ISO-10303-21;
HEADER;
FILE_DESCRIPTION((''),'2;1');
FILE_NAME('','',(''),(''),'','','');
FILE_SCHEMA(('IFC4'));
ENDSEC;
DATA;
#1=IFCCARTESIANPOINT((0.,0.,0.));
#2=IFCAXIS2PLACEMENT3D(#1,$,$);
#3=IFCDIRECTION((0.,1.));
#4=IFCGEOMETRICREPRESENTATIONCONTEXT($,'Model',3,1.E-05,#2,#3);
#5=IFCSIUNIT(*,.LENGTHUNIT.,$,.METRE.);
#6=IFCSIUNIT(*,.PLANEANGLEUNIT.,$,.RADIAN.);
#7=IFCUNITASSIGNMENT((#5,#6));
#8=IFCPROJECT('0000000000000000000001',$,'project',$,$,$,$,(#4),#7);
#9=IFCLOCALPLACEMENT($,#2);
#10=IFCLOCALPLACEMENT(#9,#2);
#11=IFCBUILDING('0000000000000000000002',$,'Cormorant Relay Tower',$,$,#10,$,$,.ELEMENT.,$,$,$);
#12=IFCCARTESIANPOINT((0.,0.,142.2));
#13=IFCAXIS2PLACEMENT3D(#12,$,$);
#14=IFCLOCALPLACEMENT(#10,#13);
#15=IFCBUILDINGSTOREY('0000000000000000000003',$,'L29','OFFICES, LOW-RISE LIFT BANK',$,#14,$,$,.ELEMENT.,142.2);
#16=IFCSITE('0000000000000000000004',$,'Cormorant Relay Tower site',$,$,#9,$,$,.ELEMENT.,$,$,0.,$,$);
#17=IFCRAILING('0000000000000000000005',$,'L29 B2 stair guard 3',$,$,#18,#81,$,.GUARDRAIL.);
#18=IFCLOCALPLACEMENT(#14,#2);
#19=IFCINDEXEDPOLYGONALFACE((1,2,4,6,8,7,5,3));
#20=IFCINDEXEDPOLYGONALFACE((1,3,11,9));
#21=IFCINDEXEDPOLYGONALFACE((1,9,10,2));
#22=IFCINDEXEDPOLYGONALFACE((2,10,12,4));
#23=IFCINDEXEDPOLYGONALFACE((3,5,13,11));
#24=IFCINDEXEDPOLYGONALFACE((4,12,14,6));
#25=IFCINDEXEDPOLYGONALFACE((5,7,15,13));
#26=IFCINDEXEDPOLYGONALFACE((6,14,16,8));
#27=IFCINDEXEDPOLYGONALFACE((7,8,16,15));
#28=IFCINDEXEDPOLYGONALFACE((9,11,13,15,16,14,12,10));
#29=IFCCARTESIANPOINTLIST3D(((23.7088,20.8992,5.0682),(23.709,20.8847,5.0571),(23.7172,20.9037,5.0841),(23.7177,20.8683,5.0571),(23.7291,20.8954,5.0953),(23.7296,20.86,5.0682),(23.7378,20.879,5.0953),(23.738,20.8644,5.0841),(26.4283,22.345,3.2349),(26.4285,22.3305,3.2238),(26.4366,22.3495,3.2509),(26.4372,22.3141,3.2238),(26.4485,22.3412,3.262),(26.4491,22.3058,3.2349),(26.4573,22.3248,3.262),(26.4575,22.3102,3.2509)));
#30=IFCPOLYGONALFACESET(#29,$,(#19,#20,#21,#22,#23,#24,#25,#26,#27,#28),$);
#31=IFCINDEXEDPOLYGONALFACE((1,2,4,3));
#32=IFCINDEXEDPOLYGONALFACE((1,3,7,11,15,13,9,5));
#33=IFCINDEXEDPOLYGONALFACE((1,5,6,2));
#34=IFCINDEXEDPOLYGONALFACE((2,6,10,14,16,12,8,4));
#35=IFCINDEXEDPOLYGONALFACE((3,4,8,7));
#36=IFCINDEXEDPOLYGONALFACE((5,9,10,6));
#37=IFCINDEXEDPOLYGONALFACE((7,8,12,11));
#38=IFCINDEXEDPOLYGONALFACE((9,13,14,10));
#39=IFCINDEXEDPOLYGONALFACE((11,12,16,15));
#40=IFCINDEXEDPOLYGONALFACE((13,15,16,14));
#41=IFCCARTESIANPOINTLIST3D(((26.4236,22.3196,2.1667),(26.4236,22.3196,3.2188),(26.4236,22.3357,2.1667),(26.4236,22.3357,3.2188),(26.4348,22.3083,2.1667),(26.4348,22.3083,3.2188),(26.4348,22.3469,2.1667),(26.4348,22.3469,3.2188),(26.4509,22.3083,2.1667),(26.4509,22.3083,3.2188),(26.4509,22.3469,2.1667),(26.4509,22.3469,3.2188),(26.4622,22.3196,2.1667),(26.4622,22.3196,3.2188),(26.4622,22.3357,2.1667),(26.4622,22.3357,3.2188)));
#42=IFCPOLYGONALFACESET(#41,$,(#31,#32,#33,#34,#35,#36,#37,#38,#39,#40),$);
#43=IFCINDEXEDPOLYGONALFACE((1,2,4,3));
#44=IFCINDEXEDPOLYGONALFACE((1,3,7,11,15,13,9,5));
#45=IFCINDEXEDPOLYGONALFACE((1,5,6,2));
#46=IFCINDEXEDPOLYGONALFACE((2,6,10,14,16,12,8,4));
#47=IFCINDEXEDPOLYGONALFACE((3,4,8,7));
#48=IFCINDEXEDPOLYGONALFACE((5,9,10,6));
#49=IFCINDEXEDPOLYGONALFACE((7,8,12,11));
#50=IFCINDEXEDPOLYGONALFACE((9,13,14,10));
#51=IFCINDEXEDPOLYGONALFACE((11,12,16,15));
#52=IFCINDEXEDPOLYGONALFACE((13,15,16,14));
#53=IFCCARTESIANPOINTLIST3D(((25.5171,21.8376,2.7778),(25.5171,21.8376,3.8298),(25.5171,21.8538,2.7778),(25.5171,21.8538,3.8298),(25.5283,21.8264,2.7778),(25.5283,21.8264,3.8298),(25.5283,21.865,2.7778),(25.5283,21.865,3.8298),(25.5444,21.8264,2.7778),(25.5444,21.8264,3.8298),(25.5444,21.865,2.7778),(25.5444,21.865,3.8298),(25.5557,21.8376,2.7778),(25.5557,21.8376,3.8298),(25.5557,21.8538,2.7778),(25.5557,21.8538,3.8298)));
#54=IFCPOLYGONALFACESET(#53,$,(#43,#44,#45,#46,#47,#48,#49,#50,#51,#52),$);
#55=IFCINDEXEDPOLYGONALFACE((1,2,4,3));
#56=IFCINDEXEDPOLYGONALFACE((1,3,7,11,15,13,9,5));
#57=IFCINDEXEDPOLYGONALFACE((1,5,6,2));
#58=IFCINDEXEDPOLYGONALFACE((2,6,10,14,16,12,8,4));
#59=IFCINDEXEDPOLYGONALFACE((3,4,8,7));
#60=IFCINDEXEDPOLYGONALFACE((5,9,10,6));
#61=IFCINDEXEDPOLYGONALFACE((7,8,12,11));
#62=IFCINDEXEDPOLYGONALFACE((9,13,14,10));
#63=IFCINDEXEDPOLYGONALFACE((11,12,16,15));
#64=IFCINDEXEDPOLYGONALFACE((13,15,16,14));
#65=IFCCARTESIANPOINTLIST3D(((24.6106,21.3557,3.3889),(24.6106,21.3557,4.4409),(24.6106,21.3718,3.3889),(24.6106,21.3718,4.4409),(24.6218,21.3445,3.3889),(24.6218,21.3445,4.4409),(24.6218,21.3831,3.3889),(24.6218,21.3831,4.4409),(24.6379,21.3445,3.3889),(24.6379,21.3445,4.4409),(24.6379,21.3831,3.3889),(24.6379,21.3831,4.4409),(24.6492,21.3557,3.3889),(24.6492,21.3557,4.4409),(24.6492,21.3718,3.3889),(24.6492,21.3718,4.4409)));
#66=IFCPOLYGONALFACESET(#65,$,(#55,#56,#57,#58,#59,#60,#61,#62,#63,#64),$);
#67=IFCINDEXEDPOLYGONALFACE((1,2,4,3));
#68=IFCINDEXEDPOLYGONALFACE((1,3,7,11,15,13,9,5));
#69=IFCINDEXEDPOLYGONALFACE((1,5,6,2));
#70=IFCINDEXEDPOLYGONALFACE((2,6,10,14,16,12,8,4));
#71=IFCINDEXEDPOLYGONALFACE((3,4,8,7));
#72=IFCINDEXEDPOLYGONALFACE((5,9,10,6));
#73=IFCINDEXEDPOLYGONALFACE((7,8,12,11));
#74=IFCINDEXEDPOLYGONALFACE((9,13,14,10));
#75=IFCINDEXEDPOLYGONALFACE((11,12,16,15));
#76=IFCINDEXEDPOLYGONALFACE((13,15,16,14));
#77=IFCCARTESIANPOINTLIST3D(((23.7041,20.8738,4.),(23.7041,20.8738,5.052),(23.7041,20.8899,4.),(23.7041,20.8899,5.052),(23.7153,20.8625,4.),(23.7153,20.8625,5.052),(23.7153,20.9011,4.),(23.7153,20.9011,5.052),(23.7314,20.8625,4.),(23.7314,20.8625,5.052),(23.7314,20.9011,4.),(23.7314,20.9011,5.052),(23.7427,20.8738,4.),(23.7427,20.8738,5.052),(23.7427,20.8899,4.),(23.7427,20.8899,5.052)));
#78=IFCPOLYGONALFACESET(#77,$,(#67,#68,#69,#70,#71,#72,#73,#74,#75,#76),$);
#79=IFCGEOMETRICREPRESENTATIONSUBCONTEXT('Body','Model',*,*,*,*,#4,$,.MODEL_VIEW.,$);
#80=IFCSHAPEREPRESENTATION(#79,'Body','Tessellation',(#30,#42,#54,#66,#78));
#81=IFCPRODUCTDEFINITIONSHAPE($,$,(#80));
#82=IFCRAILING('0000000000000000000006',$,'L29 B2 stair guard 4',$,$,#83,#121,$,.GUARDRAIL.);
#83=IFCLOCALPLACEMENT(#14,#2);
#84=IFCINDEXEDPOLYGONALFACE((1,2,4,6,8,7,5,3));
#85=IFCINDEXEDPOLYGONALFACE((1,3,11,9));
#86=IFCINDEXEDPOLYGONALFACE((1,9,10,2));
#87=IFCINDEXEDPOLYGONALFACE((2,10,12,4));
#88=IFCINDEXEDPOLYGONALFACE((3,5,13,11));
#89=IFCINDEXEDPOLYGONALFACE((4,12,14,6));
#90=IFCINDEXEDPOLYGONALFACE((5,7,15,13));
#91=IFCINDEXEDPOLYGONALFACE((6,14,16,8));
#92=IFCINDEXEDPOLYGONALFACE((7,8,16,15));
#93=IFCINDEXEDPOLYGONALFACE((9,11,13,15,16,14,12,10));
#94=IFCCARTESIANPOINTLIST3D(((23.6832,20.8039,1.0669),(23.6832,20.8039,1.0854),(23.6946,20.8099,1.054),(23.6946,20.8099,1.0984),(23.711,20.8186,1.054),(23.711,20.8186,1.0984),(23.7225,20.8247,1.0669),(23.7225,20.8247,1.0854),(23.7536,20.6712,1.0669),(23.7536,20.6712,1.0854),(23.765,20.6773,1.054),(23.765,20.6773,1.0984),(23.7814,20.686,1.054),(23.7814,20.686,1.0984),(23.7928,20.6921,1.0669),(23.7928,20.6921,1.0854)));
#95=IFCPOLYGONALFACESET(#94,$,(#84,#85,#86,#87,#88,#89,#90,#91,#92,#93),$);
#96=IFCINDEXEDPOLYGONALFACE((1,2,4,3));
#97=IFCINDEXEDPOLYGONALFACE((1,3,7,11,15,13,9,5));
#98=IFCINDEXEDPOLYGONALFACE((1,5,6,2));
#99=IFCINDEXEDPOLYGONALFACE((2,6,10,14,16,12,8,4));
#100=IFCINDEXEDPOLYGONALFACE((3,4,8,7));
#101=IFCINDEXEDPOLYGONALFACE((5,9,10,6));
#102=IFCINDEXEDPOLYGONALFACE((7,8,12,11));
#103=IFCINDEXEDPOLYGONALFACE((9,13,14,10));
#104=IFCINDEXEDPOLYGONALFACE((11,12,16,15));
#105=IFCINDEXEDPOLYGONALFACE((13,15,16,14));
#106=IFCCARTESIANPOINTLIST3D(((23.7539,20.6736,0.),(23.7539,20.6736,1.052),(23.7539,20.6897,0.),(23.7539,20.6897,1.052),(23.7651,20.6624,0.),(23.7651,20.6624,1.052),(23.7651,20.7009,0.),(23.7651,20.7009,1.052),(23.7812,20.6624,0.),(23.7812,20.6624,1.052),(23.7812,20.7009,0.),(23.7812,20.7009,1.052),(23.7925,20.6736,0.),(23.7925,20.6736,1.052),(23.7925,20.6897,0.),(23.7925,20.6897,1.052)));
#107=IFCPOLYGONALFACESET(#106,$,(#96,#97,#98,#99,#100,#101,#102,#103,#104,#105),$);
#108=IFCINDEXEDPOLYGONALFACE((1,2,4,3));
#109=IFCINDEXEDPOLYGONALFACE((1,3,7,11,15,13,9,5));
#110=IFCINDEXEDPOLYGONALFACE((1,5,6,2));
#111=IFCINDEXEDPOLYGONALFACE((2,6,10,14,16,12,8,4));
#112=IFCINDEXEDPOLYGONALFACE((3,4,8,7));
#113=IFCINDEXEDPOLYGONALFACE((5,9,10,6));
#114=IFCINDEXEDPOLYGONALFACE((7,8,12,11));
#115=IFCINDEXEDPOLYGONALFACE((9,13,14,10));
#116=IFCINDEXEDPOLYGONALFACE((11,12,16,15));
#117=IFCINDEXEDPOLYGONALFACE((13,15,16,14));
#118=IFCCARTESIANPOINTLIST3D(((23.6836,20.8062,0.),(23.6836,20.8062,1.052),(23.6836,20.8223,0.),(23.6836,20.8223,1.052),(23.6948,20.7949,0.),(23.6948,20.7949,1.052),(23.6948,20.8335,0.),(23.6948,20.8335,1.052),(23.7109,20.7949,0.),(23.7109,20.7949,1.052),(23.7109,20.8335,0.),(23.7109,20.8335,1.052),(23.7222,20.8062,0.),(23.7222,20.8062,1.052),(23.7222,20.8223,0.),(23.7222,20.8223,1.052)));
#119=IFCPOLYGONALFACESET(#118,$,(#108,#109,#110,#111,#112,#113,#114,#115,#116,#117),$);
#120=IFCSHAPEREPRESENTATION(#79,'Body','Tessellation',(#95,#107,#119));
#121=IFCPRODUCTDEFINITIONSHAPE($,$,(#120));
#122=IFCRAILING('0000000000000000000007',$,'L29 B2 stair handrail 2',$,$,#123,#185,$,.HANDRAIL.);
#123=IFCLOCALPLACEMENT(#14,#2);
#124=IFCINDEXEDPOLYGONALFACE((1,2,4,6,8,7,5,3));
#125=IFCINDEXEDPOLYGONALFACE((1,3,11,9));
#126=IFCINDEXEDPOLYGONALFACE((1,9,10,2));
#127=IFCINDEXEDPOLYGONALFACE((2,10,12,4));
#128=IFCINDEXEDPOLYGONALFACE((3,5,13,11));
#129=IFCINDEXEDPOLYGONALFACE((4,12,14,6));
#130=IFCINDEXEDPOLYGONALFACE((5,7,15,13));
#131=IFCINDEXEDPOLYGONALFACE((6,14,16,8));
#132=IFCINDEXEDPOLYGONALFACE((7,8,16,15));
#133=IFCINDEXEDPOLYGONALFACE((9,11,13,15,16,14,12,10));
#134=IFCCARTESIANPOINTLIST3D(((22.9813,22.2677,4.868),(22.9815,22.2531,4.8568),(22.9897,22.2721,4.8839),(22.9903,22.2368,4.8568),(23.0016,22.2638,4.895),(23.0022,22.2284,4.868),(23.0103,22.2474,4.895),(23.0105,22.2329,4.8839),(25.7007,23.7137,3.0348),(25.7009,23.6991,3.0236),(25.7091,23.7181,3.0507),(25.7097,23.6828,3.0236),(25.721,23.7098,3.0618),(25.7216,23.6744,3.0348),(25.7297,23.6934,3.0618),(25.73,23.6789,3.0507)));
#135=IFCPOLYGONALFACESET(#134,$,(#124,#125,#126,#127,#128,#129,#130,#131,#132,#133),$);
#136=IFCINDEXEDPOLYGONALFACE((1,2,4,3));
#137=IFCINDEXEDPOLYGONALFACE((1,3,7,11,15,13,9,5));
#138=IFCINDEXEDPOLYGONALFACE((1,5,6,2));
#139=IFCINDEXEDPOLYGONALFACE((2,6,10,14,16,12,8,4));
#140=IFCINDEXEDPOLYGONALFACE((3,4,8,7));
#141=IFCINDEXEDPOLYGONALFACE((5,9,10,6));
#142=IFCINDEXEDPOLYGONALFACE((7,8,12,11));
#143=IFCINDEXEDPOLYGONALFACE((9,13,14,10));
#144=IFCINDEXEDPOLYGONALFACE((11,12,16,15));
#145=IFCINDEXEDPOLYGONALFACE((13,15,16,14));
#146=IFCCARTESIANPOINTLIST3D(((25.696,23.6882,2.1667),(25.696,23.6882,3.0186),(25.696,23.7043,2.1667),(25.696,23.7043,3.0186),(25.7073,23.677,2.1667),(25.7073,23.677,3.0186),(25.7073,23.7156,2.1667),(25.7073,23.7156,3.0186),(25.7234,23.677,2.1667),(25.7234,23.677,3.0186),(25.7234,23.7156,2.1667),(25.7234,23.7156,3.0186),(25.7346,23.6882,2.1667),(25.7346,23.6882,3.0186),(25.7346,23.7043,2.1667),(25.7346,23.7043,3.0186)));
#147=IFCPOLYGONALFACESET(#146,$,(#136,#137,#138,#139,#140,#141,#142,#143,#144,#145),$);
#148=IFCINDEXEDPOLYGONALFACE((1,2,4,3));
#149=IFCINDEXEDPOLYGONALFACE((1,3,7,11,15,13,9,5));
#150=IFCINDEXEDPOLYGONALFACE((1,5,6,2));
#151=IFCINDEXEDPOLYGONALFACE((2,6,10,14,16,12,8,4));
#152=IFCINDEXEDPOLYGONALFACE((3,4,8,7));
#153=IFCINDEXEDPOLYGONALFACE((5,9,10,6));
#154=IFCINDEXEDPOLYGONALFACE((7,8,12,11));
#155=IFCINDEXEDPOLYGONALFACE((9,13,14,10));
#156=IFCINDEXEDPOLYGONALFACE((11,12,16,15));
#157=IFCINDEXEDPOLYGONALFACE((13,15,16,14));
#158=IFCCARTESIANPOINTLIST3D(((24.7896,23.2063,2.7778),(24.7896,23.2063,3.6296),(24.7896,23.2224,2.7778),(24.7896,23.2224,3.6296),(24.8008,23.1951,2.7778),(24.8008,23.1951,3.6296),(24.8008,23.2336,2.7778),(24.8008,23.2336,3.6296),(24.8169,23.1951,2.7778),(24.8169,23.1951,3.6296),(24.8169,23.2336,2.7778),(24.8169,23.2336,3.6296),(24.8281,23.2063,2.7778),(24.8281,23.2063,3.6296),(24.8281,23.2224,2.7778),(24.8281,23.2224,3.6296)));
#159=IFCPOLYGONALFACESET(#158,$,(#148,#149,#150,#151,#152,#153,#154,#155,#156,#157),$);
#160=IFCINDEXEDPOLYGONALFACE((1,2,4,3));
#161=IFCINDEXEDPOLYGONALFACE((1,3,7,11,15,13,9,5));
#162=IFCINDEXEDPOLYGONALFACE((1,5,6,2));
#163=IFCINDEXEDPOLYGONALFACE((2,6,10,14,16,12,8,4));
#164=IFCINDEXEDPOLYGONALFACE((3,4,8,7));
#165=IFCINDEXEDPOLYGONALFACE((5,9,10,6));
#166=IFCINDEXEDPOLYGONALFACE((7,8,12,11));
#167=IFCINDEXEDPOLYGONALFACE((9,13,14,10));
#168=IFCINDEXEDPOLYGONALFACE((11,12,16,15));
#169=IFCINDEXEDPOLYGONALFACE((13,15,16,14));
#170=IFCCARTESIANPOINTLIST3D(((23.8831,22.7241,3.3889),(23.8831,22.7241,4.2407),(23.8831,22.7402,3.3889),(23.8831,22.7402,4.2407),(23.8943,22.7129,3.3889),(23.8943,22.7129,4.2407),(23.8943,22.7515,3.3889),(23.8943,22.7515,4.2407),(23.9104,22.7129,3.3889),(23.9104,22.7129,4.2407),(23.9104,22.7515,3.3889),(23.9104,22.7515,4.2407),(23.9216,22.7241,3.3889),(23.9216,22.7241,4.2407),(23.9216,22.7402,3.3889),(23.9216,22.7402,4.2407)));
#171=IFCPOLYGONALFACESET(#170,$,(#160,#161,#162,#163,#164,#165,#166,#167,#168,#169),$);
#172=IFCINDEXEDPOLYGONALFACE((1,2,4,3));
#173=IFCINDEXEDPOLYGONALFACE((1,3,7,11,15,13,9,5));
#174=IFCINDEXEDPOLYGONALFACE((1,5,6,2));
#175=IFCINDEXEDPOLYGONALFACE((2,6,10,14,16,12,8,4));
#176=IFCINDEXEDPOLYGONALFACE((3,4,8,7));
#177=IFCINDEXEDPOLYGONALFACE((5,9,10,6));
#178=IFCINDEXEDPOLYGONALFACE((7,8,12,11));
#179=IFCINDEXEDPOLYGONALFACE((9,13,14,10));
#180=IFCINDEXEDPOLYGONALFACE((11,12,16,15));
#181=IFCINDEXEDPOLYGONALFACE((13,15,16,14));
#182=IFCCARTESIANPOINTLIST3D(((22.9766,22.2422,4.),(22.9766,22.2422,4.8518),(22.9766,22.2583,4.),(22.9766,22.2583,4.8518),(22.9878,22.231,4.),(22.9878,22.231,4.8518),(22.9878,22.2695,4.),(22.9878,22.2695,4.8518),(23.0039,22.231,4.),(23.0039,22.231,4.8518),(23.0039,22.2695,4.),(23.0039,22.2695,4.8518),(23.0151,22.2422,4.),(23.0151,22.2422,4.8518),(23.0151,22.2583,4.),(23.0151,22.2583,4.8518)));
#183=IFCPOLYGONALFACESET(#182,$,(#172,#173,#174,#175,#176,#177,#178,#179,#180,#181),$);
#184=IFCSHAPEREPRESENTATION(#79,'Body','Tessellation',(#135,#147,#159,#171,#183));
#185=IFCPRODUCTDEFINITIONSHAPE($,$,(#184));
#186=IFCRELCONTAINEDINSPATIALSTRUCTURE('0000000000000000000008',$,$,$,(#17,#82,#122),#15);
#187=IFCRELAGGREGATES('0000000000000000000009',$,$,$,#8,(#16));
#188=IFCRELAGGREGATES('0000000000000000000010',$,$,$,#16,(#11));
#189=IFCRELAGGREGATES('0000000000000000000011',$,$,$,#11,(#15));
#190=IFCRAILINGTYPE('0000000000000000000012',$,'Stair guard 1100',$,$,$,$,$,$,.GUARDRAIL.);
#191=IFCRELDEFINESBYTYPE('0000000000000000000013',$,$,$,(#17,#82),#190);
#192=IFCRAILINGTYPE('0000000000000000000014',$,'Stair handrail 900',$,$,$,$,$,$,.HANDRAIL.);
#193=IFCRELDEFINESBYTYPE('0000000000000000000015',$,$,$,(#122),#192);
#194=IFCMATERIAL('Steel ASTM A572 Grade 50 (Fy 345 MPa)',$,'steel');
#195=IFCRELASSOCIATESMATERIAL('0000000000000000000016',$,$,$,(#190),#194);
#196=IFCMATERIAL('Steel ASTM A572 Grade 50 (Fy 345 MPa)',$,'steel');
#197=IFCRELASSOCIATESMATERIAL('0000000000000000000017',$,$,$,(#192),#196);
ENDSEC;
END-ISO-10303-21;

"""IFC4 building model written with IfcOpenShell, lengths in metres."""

from ifc_helpers import new_model, si_unit, direction, frame, origin, place, context, subcontext, project, spatial, polyline, outline, extrude, material, type_object, element, save


model = new_model("IFC4")

# Units and contexts
model_context = context("Model", 3, precision=1e-05, world=origin(), true_north=direction((0.0, 1.0)))
body_context = subcontext(model_context, "Body", "Model", "MODEL_VIEW")
ifc_project = project(units=[si_unit("LENGTHUNIT", "METRE"), si_unit("PLANEANGLEUNIT", "RADIAN")], contexts=[model_context])

# Site, building, storey
site_placement = place(None, origin())
site = spatial("IfcSite", under=ifc_project, at=site_placement, Name="Cormorant Relay Tower site", CompositionType="ELEMENT", RefElevation=0.0)
building_placement = place(site_placement, origin())
building = spatial("IfcBuilding", under=site, at=building_placement, Name="Cormorant Relay Tower", CompositionType="ELEMENT")
storey_placement = place(building_placement, frame((0.0, 0.0, 142.2)))
storey = spatial("IfcBuildingStorey", under=building, at=storey_placement, Name="L29", Description="OFFICES, LOW-RISE LIFT BANK", CompositionType="ELEMENT", Elevation=142.2)

# Railings
ifc_material_1 = material(Name="Steel ASTM A572 Grade 50 (Fy 345 MPa)", Category="steel")
railing_type_1 = type_object("IfcRailingType", Name="Stair guard 1100", PredefinedType="GUARDRAIL", material=ifc_material_1)
railing_1_placement = place(storey_placement, frame((26.4429, 22.3276, 2.1667)))
element("IfcRailing", 1, at=railing_1_placement, inside=storey, type_object=railing_type_1, Name="L29 B2 stair guard 3", PredefinedType="GUARDRAIL", context=body_context, shape_type="SweptSolid", body=[
    extrude(outline(polyline([(0.0222, 0.0093), (0.0093, 0.0222), (-0.0093, 0.0222), (-0.0222, 0.0093), (-0.0222, -0.0093), (-0.0093, -0.0222), (0.0093, -0.0222), (0.0222, -0.0093), (0.0222, 0.0093)])), frame((0.0, 0.0, 1.0762), z_axis=(-0.758735, -0.403378, 0.511477), x_axis=(0.469428, -0.882971, 0.0)), (0.0, 0.0, 1.0), 3.5842),
    extrude(outline(polyline([(0.0193, 0.0081), (0.0081, 0.0193), (-0.0081, 0.0193), (-0.0193, 0.0081), (-0.0193, -0.0081), (-0.0081, -0.0193), (0.0081, -0.0193), (0.0193, -0.0081), (0.0193, 0.0081)])), origin(), (0.0, 0.0, 1.0), 1.052),
    extrude(outline(polyline([(0.0193, 0.0081), (0.0081, 0.0193), (-0.0081, 0.0193), (-0.0193, 0.0081), (-0.0193, -0.0081), (-0.0081, -0.0193), (0.0081, -0.0193), (0.0193, -0.0081), (0.0193, 0.0081)])), frame((-0.9065, -0.4819, 0.6111)), (0.0, 0.0, 1.0), 1.052),
    extrude(outline(polyline([(0.0193, 0.0081), (0.0081, 0.0193), (-0.0081, 0.0193), (-0.0193, 0.0081), (-0.0193, -0.0081), (-0.0081, -0.0193), (0.0081, -0.0193), (0.0193, -0.0081), (0.0193, 0.0081)])), frame((-1.813, -0.9639, 1.2222)), (0.0, 0.0, 1.0), 1.052),
    extrude(outline(polyline([(0.0193, 0.0081), (0.0081, 0.0193), (-0.0081, 0.0193), (-0.0193, 0.0081), (-0.0193, -0.0081), (-0.0081, -0.0193), (0.0081, -0.0193), (0.0193, -0.0081), (0.0193, 0.0081)])), frame((-2.7195, -1.4458, 1.8333)), (0.0, 0.0, 1.0), 1.052),
])
railing_2_placement = place(storey_placement, frame((23.7732, 20.6816, 0.0)))
element("IfcRailing", 2, at=railing_2_placement, inside=storey, type_object=railing_type_1, Name="L29 B2 stair guard 4", PredefinedType="GUARDRAIL", context=body_context, shape_type="SweptSolid", body=[
    extrude(outline(polyline([(0.0222, 0.0093), (0.0093, 0.0222), (-0.0093, 0.0222), (-0.0222, 0.0093), (-0.0222, -0.0093), (-0.0093, -0.0222), (0.0093, -0.0222), (0.0222, -0.0093), (0.0222, 0.0093)])), frame((0.0, 0.0, 1.0762), z_axis=(-0.46856, 0.883431, 0.0), x_axis=(-0.883431, -0.46856, 0.0)), (0.0, 0.0, 1.0), 0.1501),
    extrude(outline(polyline([(0.0193, 0.0081), (0.0081, 0.0193), (-0.0081, 0.0193), (-0.0193, 0.0081), (-0.0193, -0.0081), (-0.0081, -0.0193), (0.0081, -0.0193), (0.0193, -0.0081), (0.0193, 0.0081)])), origin(), (0.0, 0.0, 1.0), 1.052),
    extrude(outline(polyline([(0.0193, 0.0081), (0.0081, 0.0193), (-0.0081, 0.0193), (-0.0193, 0.0081), (-0.0193, -0.0081), (-0.0081, -0.0193), (0.0081, -0.0193), (0.0193, -0.0081), (0.0193, 0.0081)])), frame((-0.0703, 0.1326, 0.0)), (0.0, 0.0, 1.0), 1.052),
])
ifc_material_2 = material(Name="Steel ASTM A572 Grade 50 (Fy 345 MPa)", Category="steel")
railing_type_2 = type_object("IfcRailingType", Name="Stair handrail 900", PredefinedType="HANDRAIL", material=ifc_material_2)
railing_3_placement = place(storey_placement, frame((25.7153, 23.6963, 2.1667)))
element("IfcRailing", 3, at=railing_3_placement, inside=storey, type_object=railing_type_2, Name="L29 B2 stair handrail 2", PredefinedType="HANDRAIL", context=body_context, shape_type="SweptSolid", body=[
    extrude(outline(polyline([(0.0222, 0.0093), (0.0093, 0.0222), (-0.0093, 0.0222), (-0.0222, 0.0093), (-0.0222, -0.0093), (-0.0093, -0.0222), (0.0093, -0.0222), (0.0222, -0.0093), (0.0222, 0.0093)])), frame((0.0, 0.0, 0.876), z_axis=(-0.758714, -0.403435, 0.511463), x_axis=(0.469489, -0.882938, 0.0)), (0.0, 0.0, 1.0), 3.5842),
    extrude(outline(polyline([(0.0193, 0.0081), (0.0081, 0.0193), (-0.0081, 0.0193), (-0.0193, 0.0081), (-0.0193, -0.0081), (-0.0081, -0.0193), (0.0081, -0.0193), (0.0193, -0.0081), (0.0193, 0.0081)])), origin(), (0.0, 0.0, 1.0), 0.8518),
    extrude(outline(polyline([(0.0193, 0.0081), (0.0081, 0.0193), (-0.0081, 0.0193), (-0.0193, 0.0081), (-0.0193, -0.0081), (-0.0081, -0.0193), (0.0081, -0.0193), (0.0193, -0.0081), (0.0193, 0.0081)])), frame((-0.9065, -0.4819, 0.6111)), (0.0, 0.0, 1.0), 0.8518),
    extrude(outline(polyline([(0.0193, 0.0081), (0.0081, 0.0193), (-0.0081, 0.0193), (-0.0193, 0.0081), (-0.0193, -0.0081), (-0.0081, -0.0193), (0.0081, -0.0193), (0.0193, -0.0081), (0.0193, 0.0081)])), frame((-1.813, -0.9641, 1.2222)), (0.0, 0.0, 1.0), 0.8518),
    extrude(outline(polyline([(0.0193, 0.0081), (0.0081, 0.0193), (-0.0081, 0.0193), (-0.0193, 0.0081), (-0.0193, -0.0081), (-0.0081, -0.0193), (0.0081, -0.0193), (0.0193, -0.0081), (0.0193, 0.0081)])), frame((-2.7195, -1.446, 1.8333)), (0.0, 0.0, 1.0), 0.8518),
])

save(model, "model.ifc")
